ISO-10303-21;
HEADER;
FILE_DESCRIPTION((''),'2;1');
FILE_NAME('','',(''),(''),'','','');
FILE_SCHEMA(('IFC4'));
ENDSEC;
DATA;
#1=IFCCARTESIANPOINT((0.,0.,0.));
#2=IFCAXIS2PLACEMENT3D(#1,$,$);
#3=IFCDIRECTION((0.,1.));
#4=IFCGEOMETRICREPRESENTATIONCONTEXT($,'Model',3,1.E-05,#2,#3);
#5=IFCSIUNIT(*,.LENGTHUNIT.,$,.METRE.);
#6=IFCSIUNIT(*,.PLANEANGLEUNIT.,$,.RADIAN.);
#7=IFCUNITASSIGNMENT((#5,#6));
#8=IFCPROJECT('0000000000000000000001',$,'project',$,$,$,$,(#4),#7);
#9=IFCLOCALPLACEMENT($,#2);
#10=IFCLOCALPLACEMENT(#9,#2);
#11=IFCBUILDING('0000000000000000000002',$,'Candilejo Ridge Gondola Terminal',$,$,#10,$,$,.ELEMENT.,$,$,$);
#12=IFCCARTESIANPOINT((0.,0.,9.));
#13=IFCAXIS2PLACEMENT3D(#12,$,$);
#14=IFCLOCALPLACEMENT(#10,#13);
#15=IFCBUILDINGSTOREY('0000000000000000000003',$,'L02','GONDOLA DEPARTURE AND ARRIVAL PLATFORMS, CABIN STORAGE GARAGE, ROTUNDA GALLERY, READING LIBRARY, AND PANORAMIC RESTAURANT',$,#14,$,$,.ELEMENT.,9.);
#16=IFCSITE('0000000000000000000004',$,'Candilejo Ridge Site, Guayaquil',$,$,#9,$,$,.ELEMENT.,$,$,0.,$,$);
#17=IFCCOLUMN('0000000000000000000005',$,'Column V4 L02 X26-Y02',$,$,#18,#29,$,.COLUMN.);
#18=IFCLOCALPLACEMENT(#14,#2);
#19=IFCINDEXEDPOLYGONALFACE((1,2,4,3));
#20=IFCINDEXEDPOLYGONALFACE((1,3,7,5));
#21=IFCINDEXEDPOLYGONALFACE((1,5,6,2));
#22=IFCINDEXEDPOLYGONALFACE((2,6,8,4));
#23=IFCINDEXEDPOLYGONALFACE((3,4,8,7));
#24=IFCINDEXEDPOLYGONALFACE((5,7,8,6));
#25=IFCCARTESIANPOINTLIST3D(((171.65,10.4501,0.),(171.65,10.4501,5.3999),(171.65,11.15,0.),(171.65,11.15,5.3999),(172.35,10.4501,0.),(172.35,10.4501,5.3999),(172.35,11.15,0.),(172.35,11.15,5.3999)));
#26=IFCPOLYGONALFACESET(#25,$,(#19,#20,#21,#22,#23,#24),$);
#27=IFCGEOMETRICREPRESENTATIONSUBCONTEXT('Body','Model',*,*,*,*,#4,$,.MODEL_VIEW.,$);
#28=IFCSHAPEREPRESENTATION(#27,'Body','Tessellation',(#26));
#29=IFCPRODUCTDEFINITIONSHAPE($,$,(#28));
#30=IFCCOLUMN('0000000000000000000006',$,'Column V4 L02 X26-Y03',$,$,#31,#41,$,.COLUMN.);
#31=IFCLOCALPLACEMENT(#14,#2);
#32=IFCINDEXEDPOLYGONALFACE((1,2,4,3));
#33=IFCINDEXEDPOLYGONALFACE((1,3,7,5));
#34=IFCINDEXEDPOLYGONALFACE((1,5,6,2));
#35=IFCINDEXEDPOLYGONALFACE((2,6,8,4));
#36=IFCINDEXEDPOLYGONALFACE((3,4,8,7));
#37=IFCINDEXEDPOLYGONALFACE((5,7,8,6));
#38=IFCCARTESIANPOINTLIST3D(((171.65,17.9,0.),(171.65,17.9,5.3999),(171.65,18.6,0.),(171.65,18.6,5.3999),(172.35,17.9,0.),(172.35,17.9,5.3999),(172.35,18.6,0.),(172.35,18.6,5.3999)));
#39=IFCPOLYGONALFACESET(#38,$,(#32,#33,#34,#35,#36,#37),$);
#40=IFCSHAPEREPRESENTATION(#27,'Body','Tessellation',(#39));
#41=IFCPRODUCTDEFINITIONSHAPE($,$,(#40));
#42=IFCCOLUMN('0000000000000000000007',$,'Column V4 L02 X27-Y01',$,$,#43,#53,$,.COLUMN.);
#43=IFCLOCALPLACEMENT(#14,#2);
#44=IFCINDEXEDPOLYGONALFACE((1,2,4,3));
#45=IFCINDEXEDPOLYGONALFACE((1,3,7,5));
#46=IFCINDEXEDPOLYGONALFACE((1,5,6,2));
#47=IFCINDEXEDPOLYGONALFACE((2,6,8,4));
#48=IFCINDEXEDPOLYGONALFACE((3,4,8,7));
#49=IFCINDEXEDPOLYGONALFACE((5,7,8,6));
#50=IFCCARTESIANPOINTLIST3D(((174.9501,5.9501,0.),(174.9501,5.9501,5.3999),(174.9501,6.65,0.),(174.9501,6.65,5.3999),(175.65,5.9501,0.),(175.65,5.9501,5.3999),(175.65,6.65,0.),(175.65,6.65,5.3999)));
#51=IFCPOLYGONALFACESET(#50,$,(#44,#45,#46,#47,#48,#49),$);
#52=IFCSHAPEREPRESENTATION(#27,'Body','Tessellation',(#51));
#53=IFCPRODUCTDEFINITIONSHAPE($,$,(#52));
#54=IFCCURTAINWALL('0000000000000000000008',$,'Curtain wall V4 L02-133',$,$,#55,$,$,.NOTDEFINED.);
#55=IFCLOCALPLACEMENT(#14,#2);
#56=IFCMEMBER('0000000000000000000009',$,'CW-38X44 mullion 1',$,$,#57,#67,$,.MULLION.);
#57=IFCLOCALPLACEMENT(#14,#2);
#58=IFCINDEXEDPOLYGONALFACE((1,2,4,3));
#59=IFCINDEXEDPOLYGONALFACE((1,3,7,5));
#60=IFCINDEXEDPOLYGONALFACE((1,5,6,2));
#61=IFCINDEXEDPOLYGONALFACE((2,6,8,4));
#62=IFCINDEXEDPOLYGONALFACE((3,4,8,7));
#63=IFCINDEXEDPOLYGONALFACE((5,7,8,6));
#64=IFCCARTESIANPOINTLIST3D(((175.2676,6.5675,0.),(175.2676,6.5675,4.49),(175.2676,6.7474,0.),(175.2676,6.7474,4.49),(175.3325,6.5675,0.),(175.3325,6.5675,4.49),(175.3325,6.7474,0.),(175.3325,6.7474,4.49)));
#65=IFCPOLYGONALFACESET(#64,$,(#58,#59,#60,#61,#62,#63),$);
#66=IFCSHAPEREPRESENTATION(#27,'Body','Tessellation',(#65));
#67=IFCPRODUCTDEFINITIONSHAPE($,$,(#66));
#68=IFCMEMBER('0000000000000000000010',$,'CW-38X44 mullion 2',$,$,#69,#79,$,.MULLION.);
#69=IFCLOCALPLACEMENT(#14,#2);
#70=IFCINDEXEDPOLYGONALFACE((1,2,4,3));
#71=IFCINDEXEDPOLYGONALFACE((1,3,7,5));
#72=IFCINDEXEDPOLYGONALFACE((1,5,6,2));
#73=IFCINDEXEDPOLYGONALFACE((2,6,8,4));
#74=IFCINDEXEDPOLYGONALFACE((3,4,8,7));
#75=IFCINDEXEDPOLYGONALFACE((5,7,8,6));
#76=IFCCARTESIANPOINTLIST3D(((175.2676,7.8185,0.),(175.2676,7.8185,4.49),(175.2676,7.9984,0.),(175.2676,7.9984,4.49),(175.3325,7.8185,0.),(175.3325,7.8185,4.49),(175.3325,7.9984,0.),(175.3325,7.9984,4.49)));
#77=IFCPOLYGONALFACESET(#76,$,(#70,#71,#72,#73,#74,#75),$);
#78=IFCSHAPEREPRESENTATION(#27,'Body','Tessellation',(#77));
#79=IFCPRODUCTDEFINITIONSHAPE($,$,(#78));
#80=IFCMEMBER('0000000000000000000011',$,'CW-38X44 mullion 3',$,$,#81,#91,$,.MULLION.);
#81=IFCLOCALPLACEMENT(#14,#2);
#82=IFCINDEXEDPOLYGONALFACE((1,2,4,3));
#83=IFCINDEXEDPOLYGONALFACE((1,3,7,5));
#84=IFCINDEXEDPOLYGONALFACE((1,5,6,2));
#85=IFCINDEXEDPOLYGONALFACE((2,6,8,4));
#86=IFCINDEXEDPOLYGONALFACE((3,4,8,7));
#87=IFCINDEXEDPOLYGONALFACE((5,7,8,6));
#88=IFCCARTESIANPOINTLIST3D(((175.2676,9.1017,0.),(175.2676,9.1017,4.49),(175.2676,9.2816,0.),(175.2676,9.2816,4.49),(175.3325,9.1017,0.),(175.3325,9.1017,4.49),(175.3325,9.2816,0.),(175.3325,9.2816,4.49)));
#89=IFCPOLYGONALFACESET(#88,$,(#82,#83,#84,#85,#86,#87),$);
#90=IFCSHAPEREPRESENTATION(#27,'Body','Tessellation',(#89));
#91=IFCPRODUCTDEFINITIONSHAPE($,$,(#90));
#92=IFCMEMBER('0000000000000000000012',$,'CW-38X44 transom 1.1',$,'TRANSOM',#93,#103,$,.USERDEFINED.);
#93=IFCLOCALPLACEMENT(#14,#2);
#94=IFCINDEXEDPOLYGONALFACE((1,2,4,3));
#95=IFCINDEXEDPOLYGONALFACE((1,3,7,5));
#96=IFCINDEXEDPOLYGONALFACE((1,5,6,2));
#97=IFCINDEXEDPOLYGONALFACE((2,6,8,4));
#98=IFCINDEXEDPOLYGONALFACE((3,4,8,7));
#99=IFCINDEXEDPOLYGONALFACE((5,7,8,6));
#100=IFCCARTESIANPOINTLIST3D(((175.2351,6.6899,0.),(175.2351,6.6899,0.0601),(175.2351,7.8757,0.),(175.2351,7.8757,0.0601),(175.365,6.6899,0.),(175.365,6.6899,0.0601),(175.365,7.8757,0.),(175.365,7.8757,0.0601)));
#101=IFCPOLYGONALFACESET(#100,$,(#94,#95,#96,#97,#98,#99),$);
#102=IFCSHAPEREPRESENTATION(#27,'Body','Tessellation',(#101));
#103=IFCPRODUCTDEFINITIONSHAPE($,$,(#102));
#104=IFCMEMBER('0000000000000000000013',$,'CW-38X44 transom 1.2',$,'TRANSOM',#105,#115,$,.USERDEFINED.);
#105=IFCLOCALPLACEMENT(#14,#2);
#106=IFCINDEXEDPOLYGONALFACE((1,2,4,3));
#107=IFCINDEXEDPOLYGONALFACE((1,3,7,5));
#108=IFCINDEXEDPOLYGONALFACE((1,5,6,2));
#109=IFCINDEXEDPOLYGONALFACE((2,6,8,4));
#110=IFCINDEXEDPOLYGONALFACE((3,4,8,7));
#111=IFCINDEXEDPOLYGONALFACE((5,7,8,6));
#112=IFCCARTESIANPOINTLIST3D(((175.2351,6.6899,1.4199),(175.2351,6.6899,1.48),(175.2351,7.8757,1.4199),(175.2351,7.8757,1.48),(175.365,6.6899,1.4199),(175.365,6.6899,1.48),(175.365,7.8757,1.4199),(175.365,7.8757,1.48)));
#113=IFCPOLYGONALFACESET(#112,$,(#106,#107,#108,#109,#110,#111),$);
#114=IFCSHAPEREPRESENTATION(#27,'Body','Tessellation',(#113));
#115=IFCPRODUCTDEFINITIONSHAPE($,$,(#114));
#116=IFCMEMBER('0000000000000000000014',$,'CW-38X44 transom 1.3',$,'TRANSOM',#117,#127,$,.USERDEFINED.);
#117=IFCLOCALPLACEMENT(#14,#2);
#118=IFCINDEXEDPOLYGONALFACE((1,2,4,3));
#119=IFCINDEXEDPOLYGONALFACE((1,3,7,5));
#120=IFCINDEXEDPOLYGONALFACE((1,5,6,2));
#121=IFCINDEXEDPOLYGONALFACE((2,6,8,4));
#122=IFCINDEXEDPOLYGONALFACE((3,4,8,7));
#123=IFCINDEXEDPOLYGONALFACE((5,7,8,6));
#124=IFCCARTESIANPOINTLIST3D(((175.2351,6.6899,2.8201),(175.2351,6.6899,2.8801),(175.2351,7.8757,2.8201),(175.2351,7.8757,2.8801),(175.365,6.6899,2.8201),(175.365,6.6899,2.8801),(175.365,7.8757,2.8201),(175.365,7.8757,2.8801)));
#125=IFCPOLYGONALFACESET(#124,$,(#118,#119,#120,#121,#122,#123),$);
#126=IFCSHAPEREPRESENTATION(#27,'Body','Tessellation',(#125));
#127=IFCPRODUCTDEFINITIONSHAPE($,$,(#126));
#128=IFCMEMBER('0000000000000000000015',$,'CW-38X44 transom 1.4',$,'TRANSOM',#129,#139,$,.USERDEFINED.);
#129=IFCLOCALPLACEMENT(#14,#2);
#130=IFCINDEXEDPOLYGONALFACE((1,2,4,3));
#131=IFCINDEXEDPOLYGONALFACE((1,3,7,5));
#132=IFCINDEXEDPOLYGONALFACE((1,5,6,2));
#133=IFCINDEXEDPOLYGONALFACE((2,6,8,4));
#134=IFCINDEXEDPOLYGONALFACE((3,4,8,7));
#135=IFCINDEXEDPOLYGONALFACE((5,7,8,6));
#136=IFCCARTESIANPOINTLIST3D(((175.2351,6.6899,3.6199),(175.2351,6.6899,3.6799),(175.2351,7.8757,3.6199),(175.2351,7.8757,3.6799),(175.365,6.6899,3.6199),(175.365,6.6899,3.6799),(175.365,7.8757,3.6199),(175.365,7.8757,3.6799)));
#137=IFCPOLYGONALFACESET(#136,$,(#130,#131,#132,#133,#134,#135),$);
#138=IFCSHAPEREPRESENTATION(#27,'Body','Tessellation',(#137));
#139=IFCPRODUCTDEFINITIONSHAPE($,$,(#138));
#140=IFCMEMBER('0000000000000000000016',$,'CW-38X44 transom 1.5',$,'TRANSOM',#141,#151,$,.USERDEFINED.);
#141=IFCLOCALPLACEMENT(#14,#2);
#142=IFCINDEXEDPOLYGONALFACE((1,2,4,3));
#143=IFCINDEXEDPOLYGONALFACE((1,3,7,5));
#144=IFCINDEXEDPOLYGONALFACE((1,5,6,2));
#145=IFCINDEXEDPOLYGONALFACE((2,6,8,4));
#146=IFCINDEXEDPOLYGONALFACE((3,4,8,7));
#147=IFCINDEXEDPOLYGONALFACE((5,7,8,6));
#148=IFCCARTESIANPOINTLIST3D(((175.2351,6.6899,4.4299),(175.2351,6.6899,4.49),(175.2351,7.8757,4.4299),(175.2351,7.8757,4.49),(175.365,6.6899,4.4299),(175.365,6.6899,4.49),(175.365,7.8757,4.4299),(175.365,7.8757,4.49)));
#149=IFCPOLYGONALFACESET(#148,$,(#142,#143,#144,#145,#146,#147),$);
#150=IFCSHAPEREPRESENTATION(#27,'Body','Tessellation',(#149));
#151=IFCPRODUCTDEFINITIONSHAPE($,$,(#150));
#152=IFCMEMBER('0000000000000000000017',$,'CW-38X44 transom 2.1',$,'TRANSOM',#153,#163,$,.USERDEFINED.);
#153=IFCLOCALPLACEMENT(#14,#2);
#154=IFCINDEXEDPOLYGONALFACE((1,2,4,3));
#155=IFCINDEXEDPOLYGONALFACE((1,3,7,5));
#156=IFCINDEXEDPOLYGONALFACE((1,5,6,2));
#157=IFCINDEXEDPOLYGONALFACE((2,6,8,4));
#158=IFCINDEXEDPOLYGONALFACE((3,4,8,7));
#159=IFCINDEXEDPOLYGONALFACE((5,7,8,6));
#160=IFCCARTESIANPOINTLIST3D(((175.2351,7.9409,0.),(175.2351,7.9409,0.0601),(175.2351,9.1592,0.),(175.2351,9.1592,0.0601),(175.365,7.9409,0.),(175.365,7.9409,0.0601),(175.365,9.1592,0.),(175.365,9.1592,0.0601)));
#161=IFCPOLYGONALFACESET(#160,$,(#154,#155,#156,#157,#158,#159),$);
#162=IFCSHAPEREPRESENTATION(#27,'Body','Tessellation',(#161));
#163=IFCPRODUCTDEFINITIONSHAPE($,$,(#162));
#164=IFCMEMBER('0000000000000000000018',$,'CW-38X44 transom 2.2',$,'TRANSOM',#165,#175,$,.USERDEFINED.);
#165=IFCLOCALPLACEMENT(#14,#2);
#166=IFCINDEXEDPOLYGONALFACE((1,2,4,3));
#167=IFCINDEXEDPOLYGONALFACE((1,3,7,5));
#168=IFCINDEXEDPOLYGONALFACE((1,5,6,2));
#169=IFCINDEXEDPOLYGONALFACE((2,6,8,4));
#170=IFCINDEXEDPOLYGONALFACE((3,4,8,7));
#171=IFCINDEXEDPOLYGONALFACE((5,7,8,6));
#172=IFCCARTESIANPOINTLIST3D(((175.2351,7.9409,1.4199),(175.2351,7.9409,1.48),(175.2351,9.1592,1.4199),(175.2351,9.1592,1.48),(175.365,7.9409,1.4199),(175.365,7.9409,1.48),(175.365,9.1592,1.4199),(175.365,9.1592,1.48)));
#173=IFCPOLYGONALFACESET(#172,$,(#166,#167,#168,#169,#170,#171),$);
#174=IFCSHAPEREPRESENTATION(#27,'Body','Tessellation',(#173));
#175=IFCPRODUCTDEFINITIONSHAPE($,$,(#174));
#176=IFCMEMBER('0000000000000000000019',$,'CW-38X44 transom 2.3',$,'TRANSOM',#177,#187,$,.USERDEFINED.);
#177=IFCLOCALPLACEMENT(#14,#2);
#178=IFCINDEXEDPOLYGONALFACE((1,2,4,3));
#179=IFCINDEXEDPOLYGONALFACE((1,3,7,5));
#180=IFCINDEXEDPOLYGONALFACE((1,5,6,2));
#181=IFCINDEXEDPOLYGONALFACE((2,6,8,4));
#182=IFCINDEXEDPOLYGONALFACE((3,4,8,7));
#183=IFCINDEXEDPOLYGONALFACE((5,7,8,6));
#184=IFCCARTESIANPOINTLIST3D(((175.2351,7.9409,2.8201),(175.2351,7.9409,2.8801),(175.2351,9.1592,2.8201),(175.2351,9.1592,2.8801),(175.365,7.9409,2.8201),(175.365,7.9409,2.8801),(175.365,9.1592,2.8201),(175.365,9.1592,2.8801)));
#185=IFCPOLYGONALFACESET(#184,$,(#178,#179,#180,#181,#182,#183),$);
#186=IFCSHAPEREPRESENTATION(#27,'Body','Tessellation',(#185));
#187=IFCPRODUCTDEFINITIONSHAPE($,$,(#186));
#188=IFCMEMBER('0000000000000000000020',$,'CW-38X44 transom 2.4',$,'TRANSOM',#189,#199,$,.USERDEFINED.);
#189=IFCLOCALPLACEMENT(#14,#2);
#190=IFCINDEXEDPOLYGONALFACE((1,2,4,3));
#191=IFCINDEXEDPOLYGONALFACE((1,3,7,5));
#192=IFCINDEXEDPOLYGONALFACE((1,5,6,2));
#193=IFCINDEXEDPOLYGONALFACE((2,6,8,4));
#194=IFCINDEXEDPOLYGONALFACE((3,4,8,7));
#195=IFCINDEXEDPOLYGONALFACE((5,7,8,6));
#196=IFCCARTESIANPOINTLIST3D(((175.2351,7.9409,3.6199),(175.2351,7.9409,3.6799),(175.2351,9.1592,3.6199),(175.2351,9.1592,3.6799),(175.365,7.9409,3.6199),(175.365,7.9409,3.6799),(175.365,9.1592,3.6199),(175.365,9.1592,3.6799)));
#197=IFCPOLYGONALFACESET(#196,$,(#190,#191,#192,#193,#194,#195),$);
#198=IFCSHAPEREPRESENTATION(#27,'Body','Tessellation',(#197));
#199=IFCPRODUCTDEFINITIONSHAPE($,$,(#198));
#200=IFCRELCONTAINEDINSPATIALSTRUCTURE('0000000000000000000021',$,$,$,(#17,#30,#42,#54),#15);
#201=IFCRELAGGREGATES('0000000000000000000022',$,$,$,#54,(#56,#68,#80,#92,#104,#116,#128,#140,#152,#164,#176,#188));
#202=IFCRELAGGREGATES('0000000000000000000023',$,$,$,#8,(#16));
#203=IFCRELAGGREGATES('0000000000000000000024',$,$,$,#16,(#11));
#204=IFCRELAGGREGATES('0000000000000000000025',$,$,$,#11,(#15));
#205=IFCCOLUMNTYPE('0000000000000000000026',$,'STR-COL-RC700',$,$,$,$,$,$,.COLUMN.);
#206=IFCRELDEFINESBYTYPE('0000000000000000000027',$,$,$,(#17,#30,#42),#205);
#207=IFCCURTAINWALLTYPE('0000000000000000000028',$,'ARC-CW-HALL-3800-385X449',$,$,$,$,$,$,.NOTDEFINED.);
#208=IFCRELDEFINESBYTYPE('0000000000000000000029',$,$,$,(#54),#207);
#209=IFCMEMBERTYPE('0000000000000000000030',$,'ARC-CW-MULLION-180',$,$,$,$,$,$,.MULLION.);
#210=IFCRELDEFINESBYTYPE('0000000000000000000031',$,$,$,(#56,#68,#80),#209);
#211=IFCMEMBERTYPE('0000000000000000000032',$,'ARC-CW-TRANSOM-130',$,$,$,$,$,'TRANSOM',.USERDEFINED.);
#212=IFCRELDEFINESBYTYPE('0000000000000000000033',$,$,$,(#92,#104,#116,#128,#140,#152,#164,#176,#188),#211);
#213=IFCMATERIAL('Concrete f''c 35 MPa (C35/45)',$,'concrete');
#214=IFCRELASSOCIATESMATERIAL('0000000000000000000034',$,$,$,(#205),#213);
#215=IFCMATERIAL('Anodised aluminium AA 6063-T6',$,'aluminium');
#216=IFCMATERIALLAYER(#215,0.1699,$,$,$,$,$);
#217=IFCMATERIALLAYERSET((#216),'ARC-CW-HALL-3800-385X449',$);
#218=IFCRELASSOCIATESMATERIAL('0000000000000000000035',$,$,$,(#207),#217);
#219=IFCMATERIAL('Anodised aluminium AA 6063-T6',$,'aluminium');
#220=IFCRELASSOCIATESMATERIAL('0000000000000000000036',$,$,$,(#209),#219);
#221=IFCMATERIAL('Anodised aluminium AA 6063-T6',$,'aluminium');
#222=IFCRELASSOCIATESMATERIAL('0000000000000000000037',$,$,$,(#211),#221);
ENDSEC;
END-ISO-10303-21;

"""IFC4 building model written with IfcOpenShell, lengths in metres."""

from ifc_helpers import new_model, si_unit, direction, frame, origin, origin_2d, place, context, subcontext, project, spatial, rectangle, extrude, material, layer, layer_set, material_profile, profile_set, type_object, element, aggregate, save


model = new_model("IFC4")

# Units and contexts
model_context = context("Model", 3, precision=1e-05, world=origin(), true_north=direction((0.0, 1.0)))
body_context = subcontext(model_context, "Body", "Model", "MODEL_VIEW")
ifc_project = project(units=[si_unit("LENGTHUNIT", "METRE"), si_unit("PLANEANGLEUNIT", "RADIAN")], contexts=[model_context])

# Site, building, storey
site_placement = place(None, origin())
site = spatial("IfcSite", under=ifc_project, at=site_placement, Name="Candilejo Ridge Site, Guayaquil", CompositionType="ELEMENT", RefElevation=0.0)
building_placement = place(site_placement, origin())
building = spatial("IfcBuilding", under=site, at=building_placement, Name="Candilejo Ridge Gondola Terminal", CompositionType="ELEMENT")
storey_placement = place(building_placement, frame((0.0, 0.0, 9.0)))
storey = spatial("IfcBuildingStorey", under=building, at=storey_placement, Name="L02", Description="GONDOLA DEPARTURE AND ARRIVAL PLATFORMS, CABIN STORAGE GARAGE, ROTUNDA GALLERY, READING LIBRARY, AND PANORAMIC RESTAURANT", CompositionType="ELEMENT", Elevation=9.0)

# Columns
ifc_material_1 = material(Name="Concrete f'c 35 MPa (C35/45)", Category="concrete")
ifc_material_profile_1 = material_profile(ifc_material_1, rectangle(XDim=0.7, YDim=0.7, at=origin_2d()))
ifc_profile_set_1 = profile_set([ifc_material_profile_1], Name="Concrete f'c 35 MPa (C35/45)")
column_type = type_object("IfcColumnType", Name="STR-COL-RC700", PredefinedType="COLUMN", material=ifc_profile_set_1)
for number, where, z_axis, x_axis, name in (
    (1, (172.0, 10.8, 0.0), (0.0, 0.0, 1.0), (1.0, 0.0, 0.0), "Column V4 L02 X26-Y02"),
    (2, (172.0, 18.25, 0.0), (0.0, 0.0, 1.0), (1.0, 0.0, 0.0), "Column V4 L02 X26-Y03"),
    (3, (175.3, 6.3, 0.0), (0.0, 0.0, 1.0), (1.0, 0.0, 0.0), "Column V4 L02 X27-Y01"),
):
    element("IfcColumn", number, at=place(storey_placement, frame(where, z_axis=z_axis, x_axis=x_axis)), inside=storey, type_object=column_type, Name=name, PredefinedType="COLUMN", context=body_context, shape_type="SweptSolid", body=[
        extrude(rectangle(XDim=0.7, YDim=0.7, at=origin_2d()), origin(), (0.0, 0.0, 1.0), 5.3999),
    ])

# Curtain wall, members
ifc_material_2 = material(Name="Anodised aluminium AA 6063-T6", Category="aluminium")
ifc_layer_1 = layer(ifc_material_2, 0.1699)
ifc_layer_set_1 = layer_set([ifc_layer_1], Name="ARC-CW-HALL-3800-385X449")
curtain_wall_type = type_object("IfcCurtainWallType", Name="ARC-CW-HALL-3800-385X449", PredefinedType="NOTDEFINED", material=ifc_layer_set_1)
curtain_wall_placement = place(storey_placement, origin())
curtain_wall = element("IfcCurtainWall", 4, at=curtain_wall_placement, inside=storey, type_object=curtain_wall_type, Name="Curtain wall V4 L02-133", PredefinedType="NOTDEFINED")
ifc_material_3 = material(Name="Anodised aluminium AA 6063-T6", Category="aluminium")
ifc_material_profile_2 = material_profile(ifc_material_3, rectangle(XDim=0.0649, YDim=0.1799, at=origin_2d()))
ifc_profile_set_2 = profile_set([ifc_material_profile_2], Name="Anodised aluminium AA 6063-T6")
member_type_1 = type_object("IfcMemberType", Name="ARC-CW-MULLION-180", PredefinedType="MULLION", material=ifc_profile_set_2)
member_1_placement = place(storey_placement, frame((175.3, 6.6575, 0.0), z_axis=(0.0, 0.0, 1.0), x_axis=(-1.0, 0.0, 0.0)))
member_1 = element("IfcMember", 5, at=member_1_placement, type_object=member_type_1, Name="CW-38X44 mullion 1", PredefinedType="MULLION", context=body_context, shape_type="SweptSolid", body=[
    extrude(rectangle(XDim=0.0649, YDim=0.1799, at=origin_2d()), origin(), (0.0, 0.0, 1.0), 4.49),
])
member_2_placement = place(storey_placement, frame((175.3, 7.9084, 0.0), z_axis=(0.0, 0.0, 1.0), x_axis=(-1.0, 0.0, 0.0)))
member_2 = element("IfcMember", 6, at=member_2_placement, type_object=member_type_1, Name="CW-38X44 mullion 2", PredefinedType="MULLION", context=body_context, shape_type="SweptSolid", body=[
    extrude(rectangle(XDim=0.0649, YDim=0.1799, at=origin_2d()), origin(), (0.0, 0.0, 1.0), 4.49),
])
member_3_placement = place(storey_placement, frame((175.3, 9.1917, 0.0), z_axis=(0.0, 0.0, 1.0), x_axis=(-1.0, 0.0, 0.0)))
member_3 = element("IfcMember", 7, at=member_3_placement, type_object=member_type_1, Name="CW-38X44 mullion 3", PredefinedType="MULLION", context=body_context, shape_type="SweptSolid", body=[
    extrude(rectangle(XDim=0.0649, YDim=0.1799, at=origin_2d()), origin(), (0.0, 0.0, 1.0), 4.49),
])
ifc_material_4 = material(Name="Anodised aluminium AA 6063-T6", Category="aluminium")
ifc_material_profile_3 = material_profile(ifc_material_4, rectangle(XDim=0.1299, YDim=0.0601, at=origin_2d()))
ifc_profile_set_3 = profile_set([ifc_material_profile_3], Name="Anodised aluminium AA 6063-T6")
member_type_2 = type_object("IfcMemberType", Name="ARC-CW-TRANSOM-130", ElementType="TRANSOM", PredefinedType="USERDEFINED", material=ifc_profile_set_3)
member_4_placement = place(storey_placement, frame((175.3, 6.6899, 0.03), z_axis=(0.0, 1.0, 0.0), x_axis=(-1.0, 0.0, 0.0)))
member_4 = element("IfcMember", 8, at=member_4_placement, type_object=member_type_2, Name="CW-38X44 transom 1.1", ObjectType="TRANSOM", PredefinedType="USERDEFINED", context=body_context, shape_type="SweptSolid", body=[
    extrude(rectangle(XDim=0.1299, YDim=0.0601, at=origin_2d()), origin(), (0.0, 0.0, 1.0), 1.1858),
])
member_5_placement = place(storey_placement, frame((175.3, 6.6899, 1.45), z_axis=(0.0, 1.0, 0.0), x_axis=(-1.0, 0.0, 0.0)))
member_5 = element("IfcMember", 9, at=member_5_placement, type_object=member_type_2, Name="CW-38X44 transom 1.2", ObjectType="TRANSOM", PredefinedType="USERDEFINED", context=body_context, shape_type="SweptSolid", body=[
    extrude(rectangle(XDim=0.1299, YDim=0.0601, at=origin_2d()), origin(), (0.0, 0.0, 1.0), 1.1858),
])
member_6_placement = place(storey_placement, frame((175.3, 6.6899, 2.8501), z_axis=(0.0, 1.0, 0.0), x_axis=(-1.0, 0.0, 0.0)))
member_6 = element("IfcMember", 10, at=member_6_placement, type_object=member_type_2, Name="CW-38X44 transom 1.3", ObjectType="TRANSOM", PredefinedType="USERDEFINED", context=body_context, shape_type="SweptSolid", body=[
    extrude(rectangle(XDim=0.1299, YDim=0.0601, at=origin_2d()), origin(), (0.0, 0.0, 1.0), 1.1858),
])
member_7_placement = place(storey_placement, frame((175.3, 6.6899, 3.6499), z_axis=(0.0, 1.0, 0.0), x_axis=(-1.0, 0.0, 0.0)))
member_7 = element("IfcMember", 11, at=member_7_placement, type_object=member_type_2, Name="CW-38X44 transom 1.4", ObjectType="TRANSOM", PredefinedType="USERDEFINED", context=body_context, shape_type="SweptSolid", body=[
    extrude(rectangle(XDim=0.1299, YDim=0.0601, at=origin_2d()), origin(), (0.0, 0.0, 1.0), 1.1858),
])
member_8_placement = place(storey_placement, frame((175.3, 6.6899, 4.46), z_axis=(0.0, 1.0, 0.0), x_axis=(-1.0, 0.0, 0.0)))
member_8 = element("IfcMember", 12, at=member_8_placement, type_object=member_type_2, Name="CW-38X44 transom 1.5", ObjectType="TRANSOM", PredefinedType="USERDEFINED", context=body_context, shape_type="SweptSolid", body=[
    extrude(rectangle(XDim=0.1299, YDim=0.0601, at=origin_2d()), origin(), (0.0, 0.0, 1.0), 1.1858),
])
member_9_placement = place(storey_placement, frame((175.3, 7.9409, 0.03), z_axis=(0.0, 1.0, 0.0), x_axis=(-1.0, 0.0, 0.0)))
member_9 = element("IfcMember", 13, at=member_9_placement, type_object=member_type_2, Name="CW-38X44 transom 2.1", ObjectType="TRANSOM", PredefinedType="USERDEFINED", context=body_context, shape_type="SweptSolid", body=[
    extrude(rectangle(XDim=0.1299, YDim=0.0601, at=origin_2d()), origin(), (0.0, 0.0, 1.0), 1.2183),
])
member_10_placement = place(storey_placement, frame((175.3, 7.9409, 1.45), z_axis=(0.0, 1.0, 0.0), x_axis=(-1.0, 0.0, 0.0)))
member_10 = element("IfcMember", 14, at=member_10_placement, type_object=member_type_2, Name="CW-38X44 transom 2.2", ObjectType="TRANSOM", PredefinedType="USERDEFINED", context=body_context, shape_type="SweptSolid", body=[
    extrude(rectangle(XDim=0.1299, YDim=0.0601, at=origin_2d()), origin(), (0.0, 0.0, 1.0), 1.2183),
])
member_11_placement = place(storey_placement, frame((175.3, 7.9409, 2.8501), z_axis=(0.0, 1.0, 0.0), x_axis=(-1.0, 0.0, 0.0)))
member_11 = element("IfcMember", 15, at=member_11_placement, type_object=member_type_2, Name="CW-38X44 transom 2.3", ObjectType="TRANSOM", PredefinedType="USERDEFINED", context=body_context, shape_type="SweptSolid", body=[
    extrude(rectangle(XDim=0.1299, YDim=0.0601, at=origin_2d()), origin(), (0.0, 0.0, 1.0), 1.2183),
])
member_12_placement = place(storey_placement, frame((175.3, 7.9409, 3.6499), z_axis=(0.0, 1.0, 0.0), x_axis=(-1.0, 0.0, 0.0)))
member_12 = element("IfcMember", 16, at=member_12_placement, type_object=member_type_2, Name="CW-38X44 transom 2.4", ObjectType="TRANSOM", PredefinedType="USERDEFINED", context=body_context, shape_type="SweptSolid", body=[
    extrude(rectangle(XDim=0.1299, YDim=0.0601, at=origin_2d()), origin(), (0.0, 0.0, 1.0), 1.2183),
])

aggregate(curtain_wall, [member_1, member_2, member_3, member_4, member_5, member_6, member_7, member_8, member_9, member_10, member_11, member_12])

save(model, "model.ifc")
